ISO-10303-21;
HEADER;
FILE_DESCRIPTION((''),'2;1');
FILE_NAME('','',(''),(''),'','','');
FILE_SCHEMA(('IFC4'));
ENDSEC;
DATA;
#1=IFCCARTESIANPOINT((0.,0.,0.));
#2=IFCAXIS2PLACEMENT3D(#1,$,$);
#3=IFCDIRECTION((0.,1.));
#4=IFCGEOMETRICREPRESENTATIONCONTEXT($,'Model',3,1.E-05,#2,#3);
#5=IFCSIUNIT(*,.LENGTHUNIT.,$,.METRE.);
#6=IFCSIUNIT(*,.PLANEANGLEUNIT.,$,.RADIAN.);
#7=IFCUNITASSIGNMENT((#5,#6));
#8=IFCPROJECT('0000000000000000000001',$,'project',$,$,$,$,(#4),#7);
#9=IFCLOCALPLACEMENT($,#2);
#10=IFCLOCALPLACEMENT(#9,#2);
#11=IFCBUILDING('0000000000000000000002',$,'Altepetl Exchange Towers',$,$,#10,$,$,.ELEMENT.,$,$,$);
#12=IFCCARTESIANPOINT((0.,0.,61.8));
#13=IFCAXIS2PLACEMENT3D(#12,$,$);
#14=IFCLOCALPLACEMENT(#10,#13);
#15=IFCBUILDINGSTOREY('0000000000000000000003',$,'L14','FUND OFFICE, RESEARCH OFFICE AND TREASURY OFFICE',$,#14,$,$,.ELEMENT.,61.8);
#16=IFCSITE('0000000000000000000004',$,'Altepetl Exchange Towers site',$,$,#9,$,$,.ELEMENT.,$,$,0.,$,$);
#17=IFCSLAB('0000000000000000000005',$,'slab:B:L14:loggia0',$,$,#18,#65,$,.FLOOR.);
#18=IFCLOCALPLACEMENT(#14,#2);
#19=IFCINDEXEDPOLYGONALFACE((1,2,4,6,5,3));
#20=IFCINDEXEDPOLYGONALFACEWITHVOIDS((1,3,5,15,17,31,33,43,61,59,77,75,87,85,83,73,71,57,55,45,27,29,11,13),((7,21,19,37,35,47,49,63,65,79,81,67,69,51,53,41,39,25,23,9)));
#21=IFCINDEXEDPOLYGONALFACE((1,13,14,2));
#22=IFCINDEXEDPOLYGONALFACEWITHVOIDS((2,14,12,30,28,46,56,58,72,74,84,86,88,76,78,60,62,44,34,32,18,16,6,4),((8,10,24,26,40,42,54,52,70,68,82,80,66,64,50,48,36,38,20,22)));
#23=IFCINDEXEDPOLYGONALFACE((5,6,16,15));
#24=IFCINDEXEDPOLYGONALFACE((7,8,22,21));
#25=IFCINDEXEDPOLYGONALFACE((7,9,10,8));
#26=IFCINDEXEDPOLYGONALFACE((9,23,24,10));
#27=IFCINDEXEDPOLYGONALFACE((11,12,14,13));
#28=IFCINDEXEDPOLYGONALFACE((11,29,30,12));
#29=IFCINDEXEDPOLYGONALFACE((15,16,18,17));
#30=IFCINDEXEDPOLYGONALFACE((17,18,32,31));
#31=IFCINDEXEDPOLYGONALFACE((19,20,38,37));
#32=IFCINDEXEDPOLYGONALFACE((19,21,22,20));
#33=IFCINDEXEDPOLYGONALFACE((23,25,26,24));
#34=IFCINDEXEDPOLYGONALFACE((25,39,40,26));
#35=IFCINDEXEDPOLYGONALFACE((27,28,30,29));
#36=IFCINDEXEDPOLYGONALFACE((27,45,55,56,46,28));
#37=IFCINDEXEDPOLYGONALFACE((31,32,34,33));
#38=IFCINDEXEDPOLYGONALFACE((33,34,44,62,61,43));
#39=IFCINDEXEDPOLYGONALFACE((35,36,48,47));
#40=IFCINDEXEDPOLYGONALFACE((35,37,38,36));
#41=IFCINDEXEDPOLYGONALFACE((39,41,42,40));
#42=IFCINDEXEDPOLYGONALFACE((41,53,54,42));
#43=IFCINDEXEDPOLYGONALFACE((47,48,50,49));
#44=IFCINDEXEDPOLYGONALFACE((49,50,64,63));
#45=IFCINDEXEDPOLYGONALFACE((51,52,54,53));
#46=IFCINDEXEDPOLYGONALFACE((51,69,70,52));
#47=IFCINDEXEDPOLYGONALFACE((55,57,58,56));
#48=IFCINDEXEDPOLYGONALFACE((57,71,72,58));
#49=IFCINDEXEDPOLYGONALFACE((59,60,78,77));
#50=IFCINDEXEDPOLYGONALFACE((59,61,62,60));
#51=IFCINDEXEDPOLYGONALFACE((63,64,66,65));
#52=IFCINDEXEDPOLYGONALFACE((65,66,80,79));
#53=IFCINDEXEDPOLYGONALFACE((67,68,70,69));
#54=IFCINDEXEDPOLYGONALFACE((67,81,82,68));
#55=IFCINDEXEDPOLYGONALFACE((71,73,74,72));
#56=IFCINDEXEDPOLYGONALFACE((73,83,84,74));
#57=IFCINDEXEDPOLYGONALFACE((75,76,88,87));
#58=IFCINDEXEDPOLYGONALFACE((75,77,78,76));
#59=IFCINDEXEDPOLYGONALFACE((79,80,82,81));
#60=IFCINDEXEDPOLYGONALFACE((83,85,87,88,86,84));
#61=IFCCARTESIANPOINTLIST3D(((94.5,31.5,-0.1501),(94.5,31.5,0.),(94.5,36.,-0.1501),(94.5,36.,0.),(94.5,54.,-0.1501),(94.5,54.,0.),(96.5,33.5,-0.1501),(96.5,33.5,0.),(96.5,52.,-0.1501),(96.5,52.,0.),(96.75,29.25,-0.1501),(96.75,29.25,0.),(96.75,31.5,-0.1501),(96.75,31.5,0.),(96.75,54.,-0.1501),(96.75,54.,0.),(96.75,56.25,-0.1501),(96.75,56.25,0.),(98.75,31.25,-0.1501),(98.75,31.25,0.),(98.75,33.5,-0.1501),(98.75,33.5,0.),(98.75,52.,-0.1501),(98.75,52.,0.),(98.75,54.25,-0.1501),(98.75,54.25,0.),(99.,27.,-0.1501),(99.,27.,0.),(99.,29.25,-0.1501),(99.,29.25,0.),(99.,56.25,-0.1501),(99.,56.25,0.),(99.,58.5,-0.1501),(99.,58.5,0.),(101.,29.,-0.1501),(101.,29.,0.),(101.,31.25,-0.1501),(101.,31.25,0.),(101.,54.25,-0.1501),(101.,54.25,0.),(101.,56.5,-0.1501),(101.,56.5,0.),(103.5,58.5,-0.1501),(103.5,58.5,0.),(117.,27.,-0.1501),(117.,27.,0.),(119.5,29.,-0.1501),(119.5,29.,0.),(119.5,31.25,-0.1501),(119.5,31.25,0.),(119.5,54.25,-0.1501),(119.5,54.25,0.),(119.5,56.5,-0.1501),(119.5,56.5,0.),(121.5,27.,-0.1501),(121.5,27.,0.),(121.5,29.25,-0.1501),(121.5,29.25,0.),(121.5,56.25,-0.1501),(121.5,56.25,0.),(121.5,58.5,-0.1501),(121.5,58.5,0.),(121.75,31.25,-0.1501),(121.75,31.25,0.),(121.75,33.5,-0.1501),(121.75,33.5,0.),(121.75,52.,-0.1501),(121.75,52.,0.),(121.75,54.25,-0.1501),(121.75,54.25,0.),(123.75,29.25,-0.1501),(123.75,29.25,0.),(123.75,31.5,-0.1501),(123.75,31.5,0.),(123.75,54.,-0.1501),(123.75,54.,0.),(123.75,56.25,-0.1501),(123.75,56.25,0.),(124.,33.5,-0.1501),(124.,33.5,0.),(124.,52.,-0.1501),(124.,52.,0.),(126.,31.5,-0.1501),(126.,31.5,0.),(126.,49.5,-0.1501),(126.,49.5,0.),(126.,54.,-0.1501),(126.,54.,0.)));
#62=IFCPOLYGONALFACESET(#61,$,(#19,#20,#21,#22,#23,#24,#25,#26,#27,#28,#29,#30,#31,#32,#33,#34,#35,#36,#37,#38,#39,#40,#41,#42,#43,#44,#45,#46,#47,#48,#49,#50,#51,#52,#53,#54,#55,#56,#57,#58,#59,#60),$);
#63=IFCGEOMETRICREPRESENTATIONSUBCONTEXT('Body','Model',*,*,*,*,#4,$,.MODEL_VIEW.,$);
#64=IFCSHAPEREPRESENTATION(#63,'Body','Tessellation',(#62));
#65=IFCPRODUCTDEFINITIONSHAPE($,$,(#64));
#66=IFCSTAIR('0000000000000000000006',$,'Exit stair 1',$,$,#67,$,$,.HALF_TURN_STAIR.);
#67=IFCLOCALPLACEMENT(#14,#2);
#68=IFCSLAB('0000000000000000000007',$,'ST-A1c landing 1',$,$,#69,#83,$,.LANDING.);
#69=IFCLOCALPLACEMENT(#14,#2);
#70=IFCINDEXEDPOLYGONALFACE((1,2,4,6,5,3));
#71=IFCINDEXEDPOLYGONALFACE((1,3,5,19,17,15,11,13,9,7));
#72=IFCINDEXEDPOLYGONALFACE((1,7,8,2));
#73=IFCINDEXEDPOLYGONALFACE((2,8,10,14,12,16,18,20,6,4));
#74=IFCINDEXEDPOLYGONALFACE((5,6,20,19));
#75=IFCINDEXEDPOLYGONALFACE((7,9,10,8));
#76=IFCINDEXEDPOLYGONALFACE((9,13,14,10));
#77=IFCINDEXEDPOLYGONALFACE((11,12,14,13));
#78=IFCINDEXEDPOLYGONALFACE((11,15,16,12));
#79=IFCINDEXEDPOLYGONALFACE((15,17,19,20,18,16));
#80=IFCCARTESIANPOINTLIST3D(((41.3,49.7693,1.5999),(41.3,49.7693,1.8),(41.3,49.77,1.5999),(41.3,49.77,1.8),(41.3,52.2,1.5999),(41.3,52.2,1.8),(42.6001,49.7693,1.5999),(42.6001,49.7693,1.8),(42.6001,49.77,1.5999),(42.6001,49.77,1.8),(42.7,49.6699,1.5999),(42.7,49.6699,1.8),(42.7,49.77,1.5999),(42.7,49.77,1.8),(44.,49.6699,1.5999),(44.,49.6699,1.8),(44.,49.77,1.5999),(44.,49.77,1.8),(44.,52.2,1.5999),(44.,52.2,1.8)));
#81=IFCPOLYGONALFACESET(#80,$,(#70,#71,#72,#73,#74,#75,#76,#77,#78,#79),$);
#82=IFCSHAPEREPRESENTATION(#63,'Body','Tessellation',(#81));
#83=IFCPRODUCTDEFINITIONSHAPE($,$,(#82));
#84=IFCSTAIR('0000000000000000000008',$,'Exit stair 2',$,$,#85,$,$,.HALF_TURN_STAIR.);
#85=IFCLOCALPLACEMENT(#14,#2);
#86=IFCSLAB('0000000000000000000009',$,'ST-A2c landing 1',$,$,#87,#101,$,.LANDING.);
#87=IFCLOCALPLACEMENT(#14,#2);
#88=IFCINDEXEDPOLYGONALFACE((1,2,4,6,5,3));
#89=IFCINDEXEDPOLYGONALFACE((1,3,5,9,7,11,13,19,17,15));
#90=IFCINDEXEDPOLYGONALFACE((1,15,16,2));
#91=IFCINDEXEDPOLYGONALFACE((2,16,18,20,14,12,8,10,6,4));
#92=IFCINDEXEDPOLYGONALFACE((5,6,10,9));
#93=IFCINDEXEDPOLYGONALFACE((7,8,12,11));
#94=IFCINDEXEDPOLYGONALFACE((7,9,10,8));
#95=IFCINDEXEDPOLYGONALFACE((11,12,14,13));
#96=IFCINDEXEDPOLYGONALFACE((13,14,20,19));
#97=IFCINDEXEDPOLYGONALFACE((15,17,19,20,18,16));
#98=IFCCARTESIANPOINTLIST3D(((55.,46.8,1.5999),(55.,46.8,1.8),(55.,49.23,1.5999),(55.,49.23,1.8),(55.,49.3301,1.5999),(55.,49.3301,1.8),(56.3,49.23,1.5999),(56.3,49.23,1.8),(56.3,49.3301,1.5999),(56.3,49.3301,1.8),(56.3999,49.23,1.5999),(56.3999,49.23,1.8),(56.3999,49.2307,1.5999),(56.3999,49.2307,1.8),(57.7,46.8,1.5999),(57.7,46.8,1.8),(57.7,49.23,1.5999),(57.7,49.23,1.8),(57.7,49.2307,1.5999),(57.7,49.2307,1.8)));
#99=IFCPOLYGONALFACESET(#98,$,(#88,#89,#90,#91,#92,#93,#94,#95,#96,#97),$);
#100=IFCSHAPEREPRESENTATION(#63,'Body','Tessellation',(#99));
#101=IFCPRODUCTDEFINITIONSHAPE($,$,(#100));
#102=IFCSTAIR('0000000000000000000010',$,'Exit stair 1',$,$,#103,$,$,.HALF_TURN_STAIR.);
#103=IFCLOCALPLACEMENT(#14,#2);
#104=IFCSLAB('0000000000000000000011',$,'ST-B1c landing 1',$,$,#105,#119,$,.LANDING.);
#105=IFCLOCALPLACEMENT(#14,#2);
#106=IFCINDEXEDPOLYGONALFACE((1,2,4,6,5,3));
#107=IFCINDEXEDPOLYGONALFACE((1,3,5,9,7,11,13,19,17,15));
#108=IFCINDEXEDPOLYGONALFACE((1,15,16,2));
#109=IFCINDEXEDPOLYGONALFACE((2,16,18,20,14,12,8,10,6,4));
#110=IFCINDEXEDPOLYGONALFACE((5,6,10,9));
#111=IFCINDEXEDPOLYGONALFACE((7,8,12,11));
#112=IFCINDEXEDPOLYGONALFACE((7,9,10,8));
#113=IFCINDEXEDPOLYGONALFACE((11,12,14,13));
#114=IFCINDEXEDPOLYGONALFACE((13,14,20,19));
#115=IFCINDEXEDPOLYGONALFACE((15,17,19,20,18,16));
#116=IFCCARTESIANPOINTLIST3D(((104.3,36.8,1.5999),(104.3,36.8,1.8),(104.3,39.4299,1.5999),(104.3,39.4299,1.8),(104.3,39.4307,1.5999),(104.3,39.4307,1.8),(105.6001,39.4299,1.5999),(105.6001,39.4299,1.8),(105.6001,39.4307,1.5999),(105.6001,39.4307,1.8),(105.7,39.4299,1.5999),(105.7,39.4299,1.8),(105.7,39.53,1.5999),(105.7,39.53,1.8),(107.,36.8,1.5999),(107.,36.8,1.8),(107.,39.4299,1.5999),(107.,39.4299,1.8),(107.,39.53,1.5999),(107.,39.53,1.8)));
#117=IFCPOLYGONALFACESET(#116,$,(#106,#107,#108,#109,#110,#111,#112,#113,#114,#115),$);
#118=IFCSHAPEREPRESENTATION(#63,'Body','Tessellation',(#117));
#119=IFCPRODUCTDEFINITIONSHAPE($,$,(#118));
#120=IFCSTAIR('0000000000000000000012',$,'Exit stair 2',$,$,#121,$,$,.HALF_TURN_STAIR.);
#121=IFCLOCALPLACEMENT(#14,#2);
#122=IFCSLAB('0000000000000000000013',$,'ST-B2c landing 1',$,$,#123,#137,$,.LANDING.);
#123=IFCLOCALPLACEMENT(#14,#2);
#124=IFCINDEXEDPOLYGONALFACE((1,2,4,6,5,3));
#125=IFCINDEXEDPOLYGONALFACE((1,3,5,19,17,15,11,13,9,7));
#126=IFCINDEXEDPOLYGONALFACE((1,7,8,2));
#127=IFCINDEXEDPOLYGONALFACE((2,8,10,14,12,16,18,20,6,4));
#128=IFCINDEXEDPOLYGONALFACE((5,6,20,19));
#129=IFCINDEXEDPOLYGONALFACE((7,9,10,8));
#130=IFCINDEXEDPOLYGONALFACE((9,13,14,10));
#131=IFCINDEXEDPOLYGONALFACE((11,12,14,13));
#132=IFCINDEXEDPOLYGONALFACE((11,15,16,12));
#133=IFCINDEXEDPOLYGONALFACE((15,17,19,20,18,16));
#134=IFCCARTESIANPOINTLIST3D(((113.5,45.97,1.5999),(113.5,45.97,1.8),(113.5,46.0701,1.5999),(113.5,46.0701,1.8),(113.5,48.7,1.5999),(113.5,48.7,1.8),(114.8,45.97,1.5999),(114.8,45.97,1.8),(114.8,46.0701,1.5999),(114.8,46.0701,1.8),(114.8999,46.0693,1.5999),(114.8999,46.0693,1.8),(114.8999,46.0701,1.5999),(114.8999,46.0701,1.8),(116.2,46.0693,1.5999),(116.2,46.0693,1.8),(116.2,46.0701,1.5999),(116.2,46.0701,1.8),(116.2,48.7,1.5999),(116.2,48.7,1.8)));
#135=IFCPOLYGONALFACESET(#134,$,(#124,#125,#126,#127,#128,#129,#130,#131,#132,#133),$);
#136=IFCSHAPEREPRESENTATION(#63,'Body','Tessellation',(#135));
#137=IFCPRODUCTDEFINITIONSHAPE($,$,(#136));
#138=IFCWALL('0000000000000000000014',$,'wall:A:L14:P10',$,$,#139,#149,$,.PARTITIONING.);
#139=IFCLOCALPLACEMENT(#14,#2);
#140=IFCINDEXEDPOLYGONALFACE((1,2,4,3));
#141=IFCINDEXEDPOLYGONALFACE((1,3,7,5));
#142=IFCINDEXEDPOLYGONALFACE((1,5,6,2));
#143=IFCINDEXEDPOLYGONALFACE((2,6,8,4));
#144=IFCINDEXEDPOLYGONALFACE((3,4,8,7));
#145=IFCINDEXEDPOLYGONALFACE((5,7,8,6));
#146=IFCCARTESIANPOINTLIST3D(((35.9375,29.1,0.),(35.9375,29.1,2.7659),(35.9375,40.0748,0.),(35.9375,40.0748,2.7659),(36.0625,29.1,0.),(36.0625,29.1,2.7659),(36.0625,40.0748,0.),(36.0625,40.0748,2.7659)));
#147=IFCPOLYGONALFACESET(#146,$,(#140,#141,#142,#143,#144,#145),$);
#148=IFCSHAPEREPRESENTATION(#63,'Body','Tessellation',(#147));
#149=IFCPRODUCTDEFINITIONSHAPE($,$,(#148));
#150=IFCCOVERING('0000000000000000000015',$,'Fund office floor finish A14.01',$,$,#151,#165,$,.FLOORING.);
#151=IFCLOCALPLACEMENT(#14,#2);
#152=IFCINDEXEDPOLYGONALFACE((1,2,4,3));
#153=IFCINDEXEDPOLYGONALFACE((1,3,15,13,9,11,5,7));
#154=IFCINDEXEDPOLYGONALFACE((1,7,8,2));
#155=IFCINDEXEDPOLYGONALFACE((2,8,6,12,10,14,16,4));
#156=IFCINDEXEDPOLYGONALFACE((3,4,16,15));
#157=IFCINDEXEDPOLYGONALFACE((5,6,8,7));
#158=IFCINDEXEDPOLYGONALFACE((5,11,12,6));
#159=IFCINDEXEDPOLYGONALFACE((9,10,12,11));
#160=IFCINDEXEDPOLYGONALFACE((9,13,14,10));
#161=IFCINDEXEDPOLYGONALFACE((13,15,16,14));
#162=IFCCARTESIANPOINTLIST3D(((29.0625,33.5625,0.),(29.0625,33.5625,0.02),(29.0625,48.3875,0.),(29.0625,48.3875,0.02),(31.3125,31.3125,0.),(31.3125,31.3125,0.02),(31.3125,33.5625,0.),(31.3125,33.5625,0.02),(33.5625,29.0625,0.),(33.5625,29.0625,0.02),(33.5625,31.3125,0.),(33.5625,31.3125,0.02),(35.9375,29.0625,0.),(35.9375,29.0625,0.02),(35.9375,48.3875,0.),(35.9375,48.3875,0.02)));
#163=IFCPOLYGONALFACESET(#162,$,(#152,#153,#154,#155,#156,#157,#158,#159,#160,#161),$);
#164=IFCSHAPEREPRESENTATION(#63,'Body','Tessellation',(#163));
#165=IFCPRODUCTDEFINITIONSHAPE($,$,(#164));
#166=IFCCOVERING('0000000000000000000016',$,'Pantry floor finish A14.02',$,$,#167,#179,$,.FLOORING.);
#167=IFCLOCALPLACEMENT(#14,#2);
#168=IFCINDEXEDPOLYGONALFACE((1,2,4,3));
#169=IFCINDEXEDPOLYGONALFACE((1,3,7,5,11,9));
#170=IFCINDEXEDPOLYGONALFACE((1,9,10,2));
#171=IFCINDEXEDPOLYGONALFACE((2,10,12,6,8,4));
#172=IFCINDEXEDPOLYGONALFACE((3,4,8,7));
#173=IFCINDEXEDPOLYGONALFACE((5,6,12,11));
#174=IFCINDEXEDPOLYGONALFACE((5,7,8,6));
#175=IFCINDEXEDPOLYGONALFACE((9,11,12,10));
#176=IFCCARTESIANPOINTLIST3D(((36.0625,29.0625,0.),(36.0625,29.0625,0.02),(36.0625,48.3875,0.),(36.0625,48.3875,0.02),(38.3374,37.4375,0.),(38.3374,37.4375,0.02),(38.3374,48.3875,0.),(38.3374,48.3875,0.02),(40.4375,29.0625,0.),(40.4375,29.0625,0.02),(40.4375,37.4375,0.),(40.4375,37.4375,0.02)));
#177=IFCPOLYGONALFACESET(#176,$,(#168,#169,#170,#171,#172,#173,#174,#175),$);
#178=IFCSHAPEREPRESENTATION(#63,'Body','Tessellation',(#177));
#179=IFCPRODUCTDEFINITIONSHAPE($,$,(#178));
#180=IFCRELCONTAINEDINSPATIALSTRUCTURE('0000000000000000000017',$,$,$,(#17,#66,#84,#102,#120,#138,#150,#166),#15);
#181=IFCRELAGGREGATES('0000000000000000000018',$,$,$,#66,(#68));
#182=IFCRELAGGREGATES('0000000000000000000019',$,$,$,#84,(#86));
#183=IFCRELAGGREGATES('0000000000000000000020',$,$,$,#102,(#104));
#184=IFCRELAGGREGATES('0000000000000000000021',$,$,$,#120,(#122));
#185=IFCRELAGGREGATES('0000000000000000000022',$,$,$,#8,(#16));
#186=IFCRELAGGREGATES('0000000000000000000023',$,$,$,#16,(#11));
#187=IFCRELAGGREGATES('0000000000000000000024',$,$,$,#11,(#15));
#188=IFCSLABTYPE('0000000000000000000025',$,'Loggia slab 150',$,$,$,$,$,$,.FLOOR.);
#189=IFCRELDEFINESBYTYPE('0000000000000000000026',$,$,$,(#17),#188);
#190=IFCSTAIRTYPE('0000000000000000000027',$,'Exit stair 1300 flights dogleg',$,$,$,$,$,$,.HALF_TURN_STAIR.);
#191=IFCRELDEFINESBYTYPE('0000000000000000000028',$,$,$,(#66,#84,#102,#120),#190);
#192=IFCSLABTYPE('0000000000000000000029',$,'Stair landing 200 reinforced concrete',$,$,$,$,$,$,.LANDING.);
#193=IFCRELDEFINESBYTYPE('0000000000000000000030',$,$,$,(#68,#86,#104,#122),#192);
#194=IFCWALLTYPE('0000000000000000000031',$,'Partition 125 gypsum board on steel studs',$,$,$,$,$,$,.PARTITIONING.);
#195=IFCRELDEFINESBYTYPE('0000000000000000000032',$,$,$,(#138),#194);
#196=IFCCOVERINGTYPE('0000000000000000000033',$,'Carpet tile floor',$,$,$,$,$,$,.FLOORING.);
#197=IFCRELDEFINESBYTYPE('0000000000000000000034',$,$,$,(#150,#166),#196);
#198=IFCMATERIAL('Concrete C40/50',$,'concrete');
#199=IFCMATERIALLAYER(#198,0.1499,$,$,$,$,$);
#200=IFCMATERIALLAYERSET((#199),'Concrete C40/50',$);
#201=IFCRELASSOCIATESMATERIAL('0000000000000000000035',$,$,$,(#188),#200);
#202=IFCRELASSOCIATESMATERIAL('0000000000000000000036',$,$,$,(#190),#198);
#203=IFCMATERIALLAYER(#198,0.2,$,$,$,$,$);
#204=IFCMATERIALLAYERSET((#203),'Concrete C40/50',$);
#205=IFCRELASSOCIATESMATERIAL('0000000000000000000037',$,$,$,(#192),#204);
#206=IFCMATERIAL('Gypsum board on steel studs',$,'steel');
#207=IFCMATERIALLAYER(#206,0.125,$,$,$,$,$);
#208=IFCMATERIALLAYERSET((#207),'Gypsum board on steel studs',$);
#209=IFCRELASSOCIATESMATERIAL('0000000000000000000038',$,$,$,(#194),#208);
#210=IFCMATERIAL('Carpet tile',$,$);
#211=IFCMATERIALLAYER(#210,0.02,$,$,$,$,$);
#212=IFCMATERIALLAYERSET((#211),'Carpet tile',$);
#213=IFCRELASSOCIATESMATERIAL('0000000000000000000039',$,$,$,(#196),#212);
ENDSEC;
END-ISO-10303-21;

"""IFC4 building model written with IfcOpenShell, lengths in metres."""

from ifc_helpers import new_model, si_unit, direction, frame, frame_2d, origin, place, context, subcontext, project, spatial, polyline, rectangle, outline, extrude, material, layer, layer_set, type_object, element, aggregate, save


model = new_model("IFC4")

# Units and contexts
model_context = context("Model", 3, precision=1e-05, world=origin(), true_north=direction((0.0, 1.0)))
body_context = subcontext(model_context, "Body", "Model", "MODEL_VIEW")
ifc_project = project(units=[si_unit("LENGTHUNIT", "METRE"), si_unit("PLANEANGLEUNIT", "RADIAN")], contexts=[model_context])

# Site, building, storey
site_placement = place(None, origin())
site = spatial("IfcSite", under=ifc_project, at=site_placement, Name="Altepetl Exchange Towers site", CompositionType="ELEMENT", RefElevation=0.0)
building_placement = place(site_placement, origin())
building = spatial("IfcBuilding", under=site, at=building_placement, Name="Altepetl Exchange Towers", CompositionType="ELEMENT")
storey_placement = place(building_placement, frame((0.0, 0.0, 61.8)))
storey = spatial("IfcBuildingStorey", under=building, at=storey_placement, Name="L14", Description="FUND OFFICE, RESEARCH OFFICE AND TREASURY OFFICE", CompositionType="ELEMENT", Elevation=61.8)

# Shared definitions
ifc_material_1 = material(Name="Concrete C40/50", Category="concrete")

# Slab
ifc_layer_1 = layer(ifc_material_1, 0.1499)
ifc_layer_set_1 = layer_set([ifc_layer_1], Name="Concrete C40/50")
slab_type_1 = type_object("IfcSlabType", Name="Loggia slab 150", PredefinedType="FLOOR", material=ifc_layer_set_1)
slab_1_placement = place(storey_placement, frame((0.0, 0.0, -0.1501)))
element("IfcSlab", 1, at=slab_1_placement, inside=storey, type_object=slab_type_1, Name="slab:B:L14:loggia0", PredefinedType="FLOOR", context=body_context, shape_type="SweptSolid", body=[
    extrude(outline(polyline([(96.75, 54.0), (94.5, 54.0), (94.5, 36.0), (94.5, 31.5), (96.75, 31.5), (96.75, 29.25), (99.0, 29.25), (99.0, 27.0), (117.0, 27.0), (121.5, 27.0), (121.5, 29.25), (123.75, 29.25), (123.75, 31.5), (126.0, 31.5), (126.0, 49.5), (126.0, 54.0), (123.75, 54.0), (123.75, 56.25), (121.5, 56.25), (121.5, 58.5), (103.5, 58.5), (99.0, 58.5), (99.0, 56.25), (96.75, 56.25), (96.75, 54.0)]), holes=[polyline([(96.5, 52.0), (98.75, 52.0), (98.75, 54.25), (101.0, 54.25), (101.0, 56.5), (119.5, 56.5), (119.5, 54.25), (121.75, 54.25), (121.75, 52.0), (124.0, 52.0), (124.0, 33.5), (121.75, 33.5), (121.75, 31.25), (119.5, 31.25), (119.5, 29.0), (101.0, 29.0), (101.0, 31.25), (98.75, 31.25), (98.75, 33.5), (96.5, 33.5), (96.5, 52.0)])]), origin(), (0.0, 0.0, 1.0), 0.1501),
])

# Stairs, slabs
stair_type = type_object("IfcStairType", Name="Exit stair 1300 flights dogleg", PredefinedType="HALF_TURN_STAIR", material=ifc_material_1)
stair_1_placement = place(storey_placement, origin())
stair_1 = element("IfcStair", 2, at=stair_1_placement, inside=storey, type_object=stair_type, Name="Exit stair 1", PredefinedType="HALF_TURN_STAIR")
ifc_layer_2 = layer(ifc_material_1, 0.2)
ifc_layer_set_2 = layer_set([ifc_layer_2], Name="Concrete C40/50")
slab_type_2 = type_object("IfcSlabType", Name="Stair landing 200 reinforced concrete", PredefinedType="LANDING", material=ifc_layer_set_2)
slab_2_placement = place(storey_placement, frame((0.0, 0.0, 1.5999)))
slab_2 = element("IfcSlab", 3, at=slab_2_placement, type_object=slab_type_2, Name="ST-A1c landing 1", PredefinedType="LANDING", context=body_context, shape_type="SweptSolid", body=[
    extrude(outline(polyline([(44.0, 49.6699), (42.7, 49.6699), (42.7, 49.77), (42.6001, 49.77), (42.6001, 49.7693), (41.3, 49.7693), (41.3, 49.77), (41.3, 52.2), (44.0, 52.2), (44.0, 49.77), (44.0, 49.6699)])), origin(), (0.0, 0.0, 1.0), 0.2002),
])
aggregate(stair_1, [slab_2])
stair_2_placement = place(storey_placement, origin())
stair_2 = element("IfcStair", 4, at=stair_2_placement, inside=storey, type_object=stair_type, Name="Exit stair 2", PredefinedType="HALF_TURN_STAIR")
slab_3_placement = place(storey_placement, frame((0.0, 0.0, 1.5999)))
slab_3 = element("IfcSlab", 5, at=slab_3_placement, type_object=slab_type_2, Name="ST-A2c landing 1", PredefinedType="LANDING", context=body_context, shape_type="SweptSolid", body=[
    extrude(outline(polyline([(57.7, 46.8), (55.0, 46.8), (55.0, 49.23), (55.0, 49.3301), (56.3, 49.3301), (56.3, 49.23), (56.3999, 49.23), (56.3999, 49.2307), (57.7, 49.2307), (57.7, 49.23), (57.7, 46.8)])), origin(), (0.0, 0.0, 1.0), 0.2002),
])
aggregate(stair_2, [slab_3])
stair_3_placement = place(storey_placement, origin())
stair_3 = element("IfcStair", 6, at=stair_3_placement, inside=storey, type_object=stair_type, Name="Exit stair 1", PredefinedType="HALF_TURN_STAIR")
slab_4_placement = place(storey_placement, frame((0.0, 0.0, 1.5999)))
slab_4 = element("IfcSlab", 7, at=slab_4_placement, type_object=slab_type_2, Name="ST-B1c landing 1", PredefinedType="LANDING", context=body_context, shape_type="SweptSolid", body=[
    extrude(outline(polyline([(107.0, 36.8), (104.3, 36.8), (104.3, 39.4299), (104.3, 39.4307), (105.6001, 39.4307), (105.6001, 39.4299), (105.7, 39.4299), (105.7, 39.53), (107.0, 39.53), (107.0, 39.4299), (107.0, 36.8)])), origin(), (0.0, 0.0, 1.0), 0.2002),
])
aggregate(stair_3, [slab_4])
stair_4_placement = place(storey_placement, origin())
stair_4 = element("IfcStair", 8, at=stair_4_placement, inside=storey, type_object=stair_type, Name="Exit stair 2", PredefinedType="HALF_TURN_STAIR")
slab_5_placement = place(storey_placement, frame((0.0, 0.0, 1.5999)))
slab_5 = element("IfcSlab", 9, at=slab_5_placement, type_object=slab_type_2, Name="ST-B2c landing 1", PredefinedType="LANDING", context=body_context, shape_type="SweptSolid", body=[
    extrude(outline(polyline([(114.8, 45.97), (113.5, 45.97), (113.5, 46.0701), (113.5, 48.7), (116.2, 48.7), (116.2, 46.0701), (116.2, 46.0693), (114.8999, 46.0693), (114.8999, 46.0701), (114.8, 46.0701), (114.8, 45.97)])), origin(), (0.0, 0.0, 1.0), 0.2002),
])
aggregate(stair_4, [slab_5])

# Wall
ifc_material_2 = material(Name="Gypsum board on steel studs", Category="steel")
ifc_layer_3 = layer(ifc_material_2, 0.125)
ifc_layer_set_3 = layer_set([ifc_layer_3], Name="Gypsum board on steel studs")
wall_type = type_object("IfcWallType", Name="Partition 125 gypsum board on steel studs", PredefinedType="PARTITIONING", material=ifc_layer_set_3)
wall_placement = place(storey_placement, frame((36.0, 29.1001, 0.0), z_axis=(0.0, 0.0, 1.0), x_axis=(0.0, 1.0, 0.0)))
element("IfcWall", 10, at=wall_placement, inside=storey, type_object=wall_type, Name="wall:A:L14:P10", PredefinedType="PARTITIONING", context=body_context, shape_type="SweptSolid", body=[
    extrude(rectangle(XDim=10.9749, YDim=0.125, at=frame_2d((5.4873, 0.0))), origin(), (0.0, 0.0, 1.0), 2.7659),
])

# Coverings
ifc_material_3 = material(Name="Carpet tile")
ifc_layer_4 = layer(ifc_material_3, 0.02)
ifc_layer_set_4 = layer_set([ifc_layer_4], Name="Carpet tile")
covering_type_1 = type_object("IfcCoveringType", Name="Carpet tile floor", PredefinedType="FLOORING", material=ifc_layer_set_4)
covering_1_placement = place(storey_placement, origin())
element("IfcCovering", 11, at=covering_1_placement, inside=storey, type_object=covering_type_1, Name="Fund office floor finish A14.01", PredefinedType="FLOORING", context=body_context, shape_type="SweptSolid", body=[
    extrude(outline(polyline([(31.3125, 31.3125), (33.5625, 31.3125), (33.5625, 29.0625), (35.9375, 29.0625), (35.9375, 48.3875), (29.0625, 48.3875), (29.0625, 33.5625), (31.3125, 33.5625), (31.3125, 31.3125)])), origin(), (0.0, 0.0, 1.0), 0.02),
])
covering_2_placement = place(storey_placement, origin())
element("IfcCovering", 12, at=covering_2_placement, inside=storey, type_object=covering_type_1, Name="Pantry floor finish A14.02", PredefinedType="FLOORING", context=body_context, shape_type="SweptSolid", body=[
    extrude(outline(polyline([(36.0625, 48.3875), (36.0625, 29.0625), (40.4375, 29.0625), (40.4375, 37.4375), (38.3374, 37.4375), (38.3374, 48.3875), (36.0625, 48.3875)])), origin(), (0.0, 0.0, 1.0), 0.02),
])

save(model, "model.ifc")
